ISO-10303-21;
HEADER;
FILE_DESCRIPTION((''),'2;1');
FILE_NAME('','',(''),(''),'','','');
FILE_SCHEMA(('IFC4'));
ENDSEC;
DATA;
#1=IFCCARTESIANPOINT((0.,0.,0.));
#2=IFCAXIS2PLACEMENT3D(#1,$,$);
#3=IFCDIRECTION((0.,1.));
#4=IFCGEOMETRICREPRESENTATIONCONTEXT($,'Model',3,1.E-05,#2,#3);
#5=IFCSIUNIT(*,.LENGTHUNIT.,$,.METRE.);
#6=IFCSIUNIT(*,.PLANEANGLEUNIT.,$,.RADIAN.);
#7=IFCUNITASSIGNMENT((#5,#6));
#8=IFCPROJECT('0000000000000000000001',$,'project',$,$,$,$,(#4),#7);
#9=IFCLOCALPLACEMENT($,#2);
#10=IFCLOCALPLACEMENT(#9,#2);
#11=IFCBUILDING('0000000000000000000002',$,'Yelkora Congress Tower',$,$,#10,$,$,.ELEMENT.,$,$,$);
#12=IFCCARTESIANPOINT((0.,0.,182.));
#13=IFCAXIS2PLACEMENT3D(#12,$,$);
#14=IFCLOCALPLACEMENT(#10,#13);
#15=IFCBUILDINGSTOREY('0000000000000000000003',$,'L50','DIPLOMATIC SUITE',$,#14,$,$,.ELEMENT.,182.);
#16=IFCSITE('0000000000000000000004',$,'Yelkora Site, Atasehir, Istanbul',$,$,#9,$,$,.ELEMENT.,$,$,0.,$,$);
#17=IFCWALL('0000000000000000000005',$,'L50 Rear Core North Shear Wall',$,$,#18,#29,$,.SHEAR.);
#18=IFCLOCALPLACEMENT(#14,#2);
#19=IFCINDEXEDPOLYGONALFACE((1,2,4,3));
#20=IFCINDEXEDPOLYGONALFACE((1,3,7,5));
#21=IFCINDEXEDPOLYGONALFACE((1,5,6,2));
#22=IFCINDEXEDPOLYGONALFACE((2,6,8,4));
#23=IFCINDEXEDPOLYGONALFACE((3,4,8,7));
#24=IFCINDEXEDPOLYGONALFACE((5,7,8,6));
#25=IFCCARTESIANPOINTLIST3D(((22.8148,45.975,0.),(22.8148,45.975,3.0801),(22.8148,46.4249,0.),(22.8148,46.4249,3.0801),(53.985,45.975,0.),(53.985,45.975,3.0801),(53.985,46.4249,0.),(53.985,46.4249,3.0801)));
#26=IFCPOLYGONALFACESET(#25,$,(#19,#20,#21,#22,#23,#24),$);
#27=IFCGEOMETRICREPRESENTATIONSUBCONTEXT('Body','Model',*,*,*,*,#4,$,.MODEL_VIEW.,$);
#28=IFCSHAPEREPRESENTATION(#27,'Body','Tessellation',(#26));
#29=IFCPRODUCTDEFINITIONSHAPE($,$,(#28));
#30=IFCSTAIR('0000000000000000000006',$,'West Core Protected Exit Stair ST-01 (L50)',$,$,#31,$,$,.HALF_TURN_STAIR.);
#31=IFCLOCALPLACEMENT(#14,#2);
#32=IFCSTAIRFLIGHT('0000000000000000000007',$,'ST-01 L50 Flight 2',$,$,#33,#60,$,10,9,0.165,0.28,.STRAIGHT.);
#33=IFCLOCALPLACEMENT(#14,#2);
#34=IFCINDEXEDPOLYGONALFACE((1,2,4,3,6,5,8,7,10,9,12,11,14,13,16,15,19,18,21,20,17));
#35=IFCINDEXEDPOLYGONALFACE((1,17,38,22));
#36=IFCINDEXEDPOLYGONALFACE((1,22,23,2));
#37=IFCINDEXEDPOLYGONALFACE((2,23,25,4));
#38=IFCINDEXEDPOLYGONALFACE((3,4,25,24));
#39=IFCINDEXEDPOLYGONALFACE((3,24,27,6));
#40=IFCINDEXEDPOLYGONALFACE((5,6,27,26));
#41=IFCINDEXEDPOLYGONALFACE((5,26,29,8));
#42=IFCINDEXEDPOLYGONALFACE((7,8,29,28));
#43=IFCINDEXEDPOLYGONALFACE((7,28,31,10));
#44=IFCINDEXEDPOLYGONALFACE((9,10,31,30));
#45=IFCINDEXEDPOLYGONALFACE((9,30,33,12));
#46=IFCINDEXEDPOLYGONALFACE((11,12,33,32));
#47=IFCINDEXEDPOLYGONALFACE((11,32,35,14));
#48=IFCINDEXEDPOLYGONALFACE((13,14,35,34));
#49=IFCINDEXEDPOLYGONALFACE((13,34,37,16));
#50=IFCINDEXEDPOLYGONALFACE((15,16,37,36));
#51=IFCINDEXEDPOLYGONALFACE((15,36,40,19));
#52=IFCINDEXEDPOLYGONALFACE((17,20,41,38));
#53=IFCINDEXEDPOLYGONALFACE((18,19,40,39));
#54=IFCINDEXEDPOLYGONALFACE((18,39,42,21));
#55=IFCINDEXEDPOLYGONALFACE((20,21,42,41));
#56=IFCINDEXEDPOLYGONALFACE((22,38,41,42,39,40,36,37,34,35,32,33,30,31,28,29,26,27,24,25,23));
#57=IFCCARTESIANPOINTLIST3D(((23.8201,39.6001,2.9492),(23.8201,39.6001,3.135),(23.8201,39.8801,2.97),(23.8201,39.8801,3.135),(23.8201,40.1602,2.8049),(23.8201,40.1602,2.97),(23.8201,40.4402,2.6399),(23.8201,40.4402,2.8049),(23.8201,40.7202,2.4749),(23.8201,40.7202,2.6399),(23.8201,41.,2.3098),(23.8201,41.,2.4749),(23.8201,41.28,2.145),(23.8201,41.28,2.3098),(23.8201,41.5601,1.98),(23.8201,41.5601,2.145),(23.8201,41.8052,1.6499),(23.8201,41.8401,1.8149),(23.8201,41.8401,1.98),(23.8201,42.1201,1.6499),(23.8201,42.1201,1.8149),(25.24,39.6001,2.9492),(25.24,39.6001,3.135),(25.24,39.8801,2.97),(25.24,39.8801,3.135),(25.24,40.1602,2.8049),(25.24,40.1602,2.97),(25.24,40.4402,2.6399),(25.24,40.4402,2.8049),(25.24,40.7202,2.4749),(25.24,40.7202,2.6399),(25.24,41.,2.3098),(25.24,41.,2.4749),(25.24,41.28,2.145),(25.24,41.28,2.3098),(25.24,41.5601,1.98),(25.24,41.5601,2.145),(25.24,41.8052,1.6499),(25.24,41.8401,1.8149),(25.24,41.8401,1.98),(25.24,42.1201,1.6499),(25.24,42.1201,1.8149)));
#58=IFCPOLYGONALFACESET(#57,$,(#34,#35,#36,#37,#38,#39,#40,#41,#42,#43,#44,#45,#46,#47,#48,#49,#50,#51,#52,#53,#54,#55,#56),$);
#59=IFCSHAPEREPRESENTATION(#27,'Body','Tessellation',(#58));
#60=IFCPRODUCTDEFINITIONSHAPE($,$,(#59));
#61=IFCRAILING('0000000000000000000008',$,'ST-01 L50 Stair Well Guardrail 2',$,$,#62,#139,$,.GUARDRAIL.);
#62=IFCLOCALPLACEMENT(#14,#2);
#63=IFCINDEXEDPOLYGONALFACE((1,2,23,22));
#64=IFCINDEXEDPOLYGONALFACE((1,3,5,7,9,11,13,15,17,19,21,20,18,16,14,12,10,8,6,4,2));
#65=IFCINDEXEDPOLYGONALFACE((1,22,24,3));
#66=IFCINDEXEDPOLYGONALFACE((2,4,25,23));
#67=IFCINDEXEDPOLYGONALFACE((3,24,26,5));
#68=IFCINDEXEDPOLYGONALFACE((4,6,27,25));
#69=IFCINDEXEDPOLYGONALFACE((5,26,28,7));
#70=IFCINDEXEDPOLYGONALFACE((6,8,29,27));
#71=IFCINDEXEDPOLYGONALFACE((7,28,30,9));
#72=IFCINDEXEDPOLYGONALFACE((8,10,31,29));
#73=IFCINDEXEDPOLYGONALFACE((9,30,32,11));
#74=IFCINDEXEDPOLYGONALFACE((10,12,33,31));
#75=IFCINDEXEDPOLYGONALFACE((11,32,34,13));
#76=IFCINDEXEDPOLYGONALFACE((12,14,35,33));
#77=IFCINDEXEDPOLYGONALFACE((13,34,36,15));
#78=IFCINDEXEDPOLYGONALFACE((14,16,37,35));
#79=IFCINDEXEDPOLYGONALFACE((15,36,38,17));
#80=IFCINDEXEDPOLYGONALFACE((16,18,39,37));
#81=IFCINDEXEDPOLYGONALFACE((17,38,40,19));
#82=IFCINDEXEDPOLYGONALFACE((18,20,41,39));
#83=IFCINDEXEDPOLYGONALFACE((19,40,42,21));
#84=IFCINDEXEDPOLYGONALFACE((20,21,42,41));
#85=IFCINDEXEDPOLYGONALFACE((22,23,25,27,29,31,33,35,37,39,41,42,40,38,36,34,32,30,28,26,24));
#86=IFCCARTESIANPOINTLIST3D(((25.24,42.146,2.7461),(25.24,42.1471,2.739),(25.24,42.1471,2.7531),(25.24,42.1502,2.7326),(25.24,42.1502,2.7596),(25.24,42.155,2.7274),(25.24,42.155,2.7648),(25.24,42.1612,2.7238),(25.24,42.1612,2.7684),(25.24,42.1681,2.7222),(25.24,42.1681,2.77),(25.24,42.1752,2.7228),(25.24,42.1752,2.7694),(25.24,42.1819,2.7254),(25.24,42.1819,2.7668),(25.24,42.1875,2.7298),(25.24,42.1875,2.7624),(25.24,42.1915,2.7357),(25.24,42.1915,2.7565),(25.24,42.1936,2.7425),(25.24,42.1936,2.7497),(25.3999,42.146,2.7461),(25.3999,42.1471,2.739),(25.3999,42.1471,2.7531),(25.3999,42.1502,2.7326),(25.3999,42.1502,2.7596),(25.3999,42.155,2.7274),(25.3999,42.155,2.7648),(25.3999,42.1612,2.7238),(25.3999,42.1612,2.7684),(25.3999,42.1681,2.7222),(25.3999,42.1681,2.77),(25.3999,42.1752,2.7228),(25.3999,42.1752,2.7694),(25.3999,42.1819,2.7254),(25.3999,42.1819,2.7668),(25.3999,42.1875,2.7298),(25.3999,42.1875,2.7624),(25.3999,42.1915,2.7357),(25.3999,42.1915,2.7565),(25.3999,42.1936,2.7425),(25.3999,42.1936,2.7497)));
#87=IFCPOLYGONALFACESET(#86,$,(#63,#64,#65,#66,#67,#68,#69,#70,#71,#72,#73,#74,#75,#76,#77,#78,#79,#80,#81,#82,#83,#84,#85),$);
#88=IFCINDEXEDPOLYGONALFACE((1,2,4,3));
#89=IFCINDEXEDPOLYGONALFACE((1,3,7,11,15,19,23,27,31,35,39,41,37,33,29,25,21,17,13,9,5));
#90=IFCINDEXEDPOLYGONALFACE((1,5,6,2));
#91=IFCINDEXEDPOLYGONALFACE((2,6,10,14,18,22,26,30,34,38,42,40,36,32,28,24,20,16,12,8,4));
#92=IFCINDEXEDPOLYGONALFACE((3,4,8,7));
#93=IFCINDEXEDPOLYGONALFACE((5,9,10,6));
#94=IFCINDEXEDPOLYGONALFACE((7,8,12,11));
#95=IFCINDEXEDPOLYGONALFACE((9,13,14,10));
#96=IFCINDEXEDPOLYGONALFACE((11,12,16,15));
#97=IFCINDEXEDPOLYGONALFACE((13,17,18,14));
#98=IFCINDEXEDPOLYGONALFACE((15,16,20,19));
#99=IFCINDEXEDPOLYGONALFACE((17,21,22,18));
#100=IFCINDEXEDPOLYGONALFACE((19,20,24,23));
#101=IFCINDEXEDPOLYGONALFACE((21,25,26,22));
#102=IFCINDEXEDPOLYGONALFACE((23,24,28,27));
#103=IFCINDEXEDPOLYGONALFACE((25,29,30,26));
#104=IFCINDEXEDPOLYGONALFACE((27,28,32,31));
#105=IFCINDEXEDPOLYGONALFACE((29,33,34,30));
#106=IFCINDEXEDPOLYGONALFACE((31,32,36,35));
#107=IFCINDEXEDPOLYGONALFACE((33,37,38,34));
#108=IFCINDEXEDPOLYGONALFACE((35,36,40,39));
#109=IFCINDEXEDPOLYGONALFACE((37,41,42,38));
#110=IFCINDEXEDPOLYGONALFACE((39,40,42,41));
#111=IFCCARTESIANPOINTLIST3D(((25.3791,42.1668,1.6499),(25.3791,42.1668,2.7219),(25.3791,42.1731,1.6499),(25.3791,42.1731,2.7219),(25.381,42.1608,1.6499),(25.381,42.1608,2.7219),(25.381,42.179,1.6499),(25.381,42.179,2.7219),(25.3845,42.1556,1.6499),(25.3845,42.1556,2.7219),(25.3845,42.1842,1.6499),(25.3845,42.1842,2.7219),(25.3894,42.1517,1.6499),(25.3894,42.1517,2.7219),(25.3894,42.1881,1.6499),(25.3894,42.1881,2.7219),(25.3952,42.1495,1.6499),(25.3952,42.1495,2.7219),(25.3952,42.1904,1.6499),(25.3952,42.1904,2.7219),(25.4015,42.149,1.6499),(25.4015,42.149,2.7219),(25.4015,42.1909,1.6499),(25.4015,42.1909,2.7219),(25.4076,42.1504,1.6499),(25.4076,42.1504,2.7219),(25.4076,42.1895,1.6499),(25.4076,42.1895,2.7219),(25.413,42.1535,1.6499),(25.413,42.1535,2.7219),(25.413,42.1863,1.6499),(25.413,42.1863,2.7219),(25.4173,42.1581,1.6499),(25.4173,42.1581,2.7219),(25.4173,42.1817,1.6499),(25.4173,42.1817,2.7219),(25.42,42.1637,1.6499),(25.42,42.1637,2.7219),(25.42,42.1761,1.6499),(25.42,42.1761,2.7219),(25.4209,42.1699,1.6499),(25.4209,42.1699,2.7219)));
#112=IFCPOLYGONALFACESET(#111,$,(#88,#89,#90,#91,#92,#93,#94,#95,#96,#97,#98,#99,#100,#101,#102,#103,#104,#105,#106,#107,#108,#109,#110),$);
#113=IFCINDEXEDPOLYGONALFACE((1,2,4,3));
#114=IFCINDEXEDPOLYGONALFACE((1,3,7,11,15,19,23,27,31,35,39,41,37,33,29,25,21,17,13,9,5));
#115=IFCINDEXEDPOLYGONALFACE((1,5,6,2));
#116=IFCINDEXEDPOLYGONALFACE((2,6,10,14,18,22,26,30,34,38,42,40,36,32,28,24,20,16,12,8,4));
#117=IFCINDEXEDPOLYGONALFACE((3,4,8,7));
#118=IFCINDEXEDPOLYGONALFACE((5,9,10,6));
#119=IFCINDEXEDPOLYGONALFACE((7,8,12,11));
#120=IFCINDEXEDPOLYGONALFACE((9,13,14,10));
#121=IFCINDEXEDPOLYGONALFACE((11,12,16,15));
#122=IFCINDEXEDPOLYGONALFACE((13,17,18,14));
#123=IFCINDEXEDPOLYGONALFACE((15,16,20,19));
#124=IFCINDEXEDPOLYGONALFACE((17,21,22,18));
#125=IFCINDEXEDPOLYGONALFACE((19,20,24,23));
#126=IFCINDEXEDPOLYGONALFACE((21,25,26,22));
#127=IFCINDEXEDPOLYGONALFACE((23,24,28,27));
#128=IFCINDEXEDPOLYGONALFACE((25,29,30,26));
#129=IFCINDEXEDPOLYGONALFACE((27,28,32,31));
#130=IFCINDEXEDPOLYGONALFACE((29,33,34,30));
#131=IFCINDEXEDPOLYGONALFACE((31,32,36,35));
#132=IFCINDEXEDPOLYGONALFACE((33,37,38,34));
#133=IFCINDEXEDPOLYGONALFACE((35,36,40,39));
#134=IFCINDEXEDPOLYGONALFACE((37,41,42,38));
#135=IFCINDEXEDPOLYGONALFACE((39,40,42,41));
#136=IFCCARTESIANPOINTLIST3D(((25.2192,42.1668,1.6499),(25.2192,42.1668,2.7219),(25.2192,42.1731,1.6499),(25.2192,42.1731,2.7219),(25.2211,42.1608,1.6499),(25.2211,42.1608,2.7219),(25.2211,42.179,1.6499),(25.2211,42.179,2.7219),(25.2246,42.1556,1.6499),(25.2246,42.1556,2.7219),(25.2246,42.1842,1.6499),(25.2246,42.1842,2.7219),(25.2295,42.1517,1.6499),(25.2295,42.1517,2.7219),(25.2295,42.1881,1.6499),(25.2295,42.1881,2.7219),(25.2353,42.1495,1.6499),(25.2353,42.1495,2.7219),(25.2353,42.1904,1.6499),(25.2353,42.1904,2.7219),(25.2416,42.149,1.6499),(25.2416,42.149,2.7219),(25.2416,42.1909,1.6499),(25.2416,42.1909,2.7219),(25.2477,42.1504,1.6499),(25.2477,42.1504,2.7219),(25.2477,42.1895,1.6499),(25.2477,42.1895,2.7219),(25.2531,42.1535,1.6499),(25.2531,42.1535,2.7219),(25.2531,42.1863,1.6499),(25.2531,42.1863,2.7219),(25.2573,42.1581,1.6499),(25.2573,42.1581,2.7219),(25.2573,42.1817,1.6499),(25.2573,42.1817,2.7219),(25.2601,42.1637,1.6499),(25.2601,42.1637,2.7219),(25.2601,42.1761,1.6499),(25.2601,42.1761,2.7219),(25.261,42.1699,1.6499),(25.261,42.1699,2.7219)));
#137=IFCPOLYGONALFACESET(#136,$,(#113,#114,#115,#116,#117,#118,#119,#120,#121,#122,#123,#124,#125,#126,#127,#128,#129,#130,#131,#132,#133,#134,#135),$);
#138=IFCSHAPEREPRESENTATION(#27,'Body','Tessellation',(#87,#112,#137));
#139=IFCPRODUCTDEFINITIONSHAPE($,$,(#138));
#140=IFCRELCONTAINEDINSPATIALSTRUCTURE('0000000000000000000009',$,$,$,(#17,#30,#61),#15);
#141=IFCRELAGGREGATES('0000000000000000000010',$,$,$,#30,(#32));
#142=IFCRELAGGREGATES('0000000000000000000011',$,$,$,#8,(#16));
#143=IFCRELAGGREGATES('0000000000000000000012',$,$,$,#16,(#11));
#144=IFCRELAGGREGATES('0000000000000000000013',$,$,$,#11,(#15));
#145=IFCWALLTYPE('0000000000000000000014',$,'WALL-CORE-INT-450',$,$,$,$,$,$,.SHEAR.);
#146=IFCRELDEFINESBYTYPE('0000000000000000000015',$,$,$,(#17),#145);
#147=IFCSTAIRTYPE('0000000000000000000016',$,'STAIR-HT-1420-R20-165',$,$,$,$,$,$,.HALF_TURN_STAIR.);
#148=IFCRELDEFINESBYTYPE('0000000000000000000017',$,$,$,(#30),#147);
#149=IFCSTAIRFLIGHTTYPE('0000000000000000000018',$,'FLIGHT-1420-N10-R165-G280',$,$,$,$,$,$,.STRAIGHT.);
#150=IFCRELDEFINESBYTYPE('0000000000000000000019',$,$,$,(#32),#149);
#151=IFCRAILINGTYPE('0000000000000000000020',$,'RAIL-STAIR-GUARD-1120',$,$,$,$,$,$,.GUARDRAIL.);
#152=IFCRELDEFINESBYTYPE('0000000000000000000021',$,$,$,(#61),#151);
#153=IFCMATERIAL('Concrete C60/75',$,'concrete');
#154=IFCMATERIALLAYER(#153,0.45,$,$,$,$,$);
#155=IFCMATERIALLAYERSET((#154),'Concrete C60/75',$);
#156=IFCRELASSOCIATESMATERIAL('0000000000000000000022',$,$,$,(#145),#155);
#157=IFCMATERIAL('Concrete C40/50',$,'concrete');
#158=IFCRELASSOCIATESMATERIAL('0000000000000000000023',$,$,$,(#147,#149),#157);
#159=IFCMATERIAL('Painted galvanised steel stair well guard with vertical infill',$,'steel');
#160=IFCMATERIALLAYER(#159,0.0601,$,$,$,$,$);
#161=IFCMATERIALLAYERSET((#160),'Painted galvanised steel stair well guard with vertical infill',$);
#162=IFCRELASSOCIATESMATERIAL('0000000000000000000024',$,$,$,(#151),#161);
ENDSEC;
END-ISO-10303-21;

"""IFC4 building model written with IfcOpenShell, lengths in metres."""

from ifc_helpers import new_model, si_unit, direction, frame, frame_2d, origin, origin_2d, place, context, subcontext, project, spatial, polyline, rectangle, circle, outline, extrude, material, layer, layer_set, type_object, element, aggregate, save


model = new_model("IFC4")

# Units and contexts
model_context = context("Model", 3, precision=1e-05, world=origin(), true_north=direction((0.0, 1.0)))
body_context = subcontext(model_context, "Body", "Model", "MODEL_VIEW")
ifc_project = project(units=[si_unit("LENGTHUNIT", "METRE"), si_unit("PLANEANGLEUNIT", "RADIAN")], contexts=[model_context])

# Site, building, storey
site_placement = place(None, origin())
site = spatial("IfcSite", under=ifc_project, at=site_placement, Name="Yelkora Site, Atasehir, Istanbul", CompositionType="ELEMENT", RefElevation=0.0)
building_placement = place(site_placement, origin())
building = spatial("IfcBuilding", under=site, at=building_placement, Name="Yelkora Congress Tower", CompositionType="ELEMENT")
storey_placement = place(building_placement, frame((0.0, 0.0, 182.0)))
storey = spatial("IfcBuildingStorey", under=building, at=storey_placement, Name="L50", Description="DIPLOMATIC SUITE", CompositionType="ELEMENT", Elevation=182.0)

# Wall
ifc_material_1 = material(Name="Concrete C60/75", Category="concrete")
ifc_layer_1 = layer(ifc_material_1, 0.45)
ifc_layer_set_1 = layer_set([ifc_layer_1], Name="Concrete C60/75")
wall_type_1 = type_object("IfcWallType", Name="WALL-CORE-INT-450", PredefinedType="SHEAR", material=ifc_layer_set_1)
wall_1_placement = place(storey_placement, frame((22.8149, 46.2, 0.0), z_axis=(0.0, 0.0, 1.0), x_axis=(1.0, 0.0, 0.0)))
element("IfcWall", 1, at=wall_1_placement, inside=storey, type_object=wall_type_1, Name="L50 Rear Core North Shear Wall", PredefinedType="SHEAR", context=body_context, shape_type="SweptSolid", body=[
    extrude(rectangle(XDim=31.1702, YDim=0.45, at=frame_2d((15.585, 0.0))), origin(), (0.0, 0.0, 1.0), 3.0801),
])

# Stair, stair flight
ifc_material_2 = material(Name="Concrete C40/50", Category="concrete")
stair_type = type_object("IfcStairType", Name="STAIR-HT-1420-R20-165", PredefinedType="HALF_TURN_STAIR", material=ifc_material_2)
stair_placement = place(storey_placement, origin())
stair = element("IfcStair", 2, at=stair_placement, inside=storey, type_object=stair_type, Name="West Core Protected Exit Stair ST-01 (L50)", PredefinedType="HALF_TURN_STAIR")
stair_flight_type = type_object("IfcStairFlightType", Name="FLIGHT-1420-N10-R165-G280", PredefinedType="STRAIGHT", material=ifc_material_2)
stair_flight_placement = place(storey_placement, frame((24.53, 42.1201, 1.6499), z_axis=(0.0, 0.0, 1.0), x_axis=(0.0, -1.0, 0.0)))
stair_flight = element("IfcStairFlight", 3, at=stair_flight_placement, type_object=stair_flight_type, Name="ST-01 L50 Flight 2", NumberOfRisers=10, NumberOfTreads=9, PredefinedType="STRAIGHT", RiserHeight=0.165, TreadLength=0.28, context=body_context, shape_type="SweptSolid", body=[
    extrude(outline(polyline([(0.0, 0.0), (0.0, 0.165), (0.28, 0.165), (0.28, 0.3301), (0.5601, 0.3301), (0.5601, 0.4951), (0.8401, 0.4951), (0.8401, 0.6599), (1.1201, 0.6599), (1.1201, 0.825), (1.3999, 0.825), (1.3999, 0.99), (1.6799, 0.99), (1.6799, 1.155), (1.96, 1.155), (1.96, 1.3201), (2.24, 1.3201), (2.24, 1.4851), (2.52, 1.4851), (2.52, 1.6499), (2.52, 1.2993), (0.3149, 0.0), (0.0, 0.0)])), frame((0.0, 0.71, 0.0), z_axis=(0.0, -1.0, 0.0), x_axis=(1.0, 0.0, 0.0)), (0.0, 0.0, 1.0), 1.4199),
])
aggregate(stair, [stair_flight])

# Railing
ifc_material_3 = material(Name="Painted galvanised steel stair well guard with vertical infill", Category="steel")
ifc_layer_2 = layer(ifc_material_3, 0.0601)
ifc_layer_set_2 = layer_set([ifc_layer_2], Name="Painted galvanised steel stair well guard with vertical infill")
railing_type_1 = type_object("IfcRailingType", Name="RAIL-STAIR-GUARD-1120", PredefinedType="GUARDRAIL", material=ifc_layer_set_2)
railing_1_placement = place(storey_placement, frame((25.3999, 42.1699, 1.6499)))
element("IfcRailing", 4, at=railing_1_placement, inside=storey, type_object=railing_type_1, Name="ST-01 L50 Stair Well Guardrail 2", PredefinedType="GUARDRAIL", context=body_context, shape_type="SweptSolid", body=[
    extrude(circle(Radius=0.0239, at=origin_2d()), frame((0.0, 0.0, 1.0962), z_axis=(-1.0, 0.0, 0.0), x_axis=(0.0, -1.0, 0.0)), (0.0, 0.0, 1.0), 0.1599),
    extrude(circle(Radius=0.021, at=origin_2d()), origin(), (0.0, 0.0, 1.0), 1.072),
    extrude(circle(Radius=0.021, at=origin_2d()), frame((-0.1599, 0.0, 0.0)), (0.0, 0.0, 1.0), 1.072),
])

save(model, "model.ifc")
